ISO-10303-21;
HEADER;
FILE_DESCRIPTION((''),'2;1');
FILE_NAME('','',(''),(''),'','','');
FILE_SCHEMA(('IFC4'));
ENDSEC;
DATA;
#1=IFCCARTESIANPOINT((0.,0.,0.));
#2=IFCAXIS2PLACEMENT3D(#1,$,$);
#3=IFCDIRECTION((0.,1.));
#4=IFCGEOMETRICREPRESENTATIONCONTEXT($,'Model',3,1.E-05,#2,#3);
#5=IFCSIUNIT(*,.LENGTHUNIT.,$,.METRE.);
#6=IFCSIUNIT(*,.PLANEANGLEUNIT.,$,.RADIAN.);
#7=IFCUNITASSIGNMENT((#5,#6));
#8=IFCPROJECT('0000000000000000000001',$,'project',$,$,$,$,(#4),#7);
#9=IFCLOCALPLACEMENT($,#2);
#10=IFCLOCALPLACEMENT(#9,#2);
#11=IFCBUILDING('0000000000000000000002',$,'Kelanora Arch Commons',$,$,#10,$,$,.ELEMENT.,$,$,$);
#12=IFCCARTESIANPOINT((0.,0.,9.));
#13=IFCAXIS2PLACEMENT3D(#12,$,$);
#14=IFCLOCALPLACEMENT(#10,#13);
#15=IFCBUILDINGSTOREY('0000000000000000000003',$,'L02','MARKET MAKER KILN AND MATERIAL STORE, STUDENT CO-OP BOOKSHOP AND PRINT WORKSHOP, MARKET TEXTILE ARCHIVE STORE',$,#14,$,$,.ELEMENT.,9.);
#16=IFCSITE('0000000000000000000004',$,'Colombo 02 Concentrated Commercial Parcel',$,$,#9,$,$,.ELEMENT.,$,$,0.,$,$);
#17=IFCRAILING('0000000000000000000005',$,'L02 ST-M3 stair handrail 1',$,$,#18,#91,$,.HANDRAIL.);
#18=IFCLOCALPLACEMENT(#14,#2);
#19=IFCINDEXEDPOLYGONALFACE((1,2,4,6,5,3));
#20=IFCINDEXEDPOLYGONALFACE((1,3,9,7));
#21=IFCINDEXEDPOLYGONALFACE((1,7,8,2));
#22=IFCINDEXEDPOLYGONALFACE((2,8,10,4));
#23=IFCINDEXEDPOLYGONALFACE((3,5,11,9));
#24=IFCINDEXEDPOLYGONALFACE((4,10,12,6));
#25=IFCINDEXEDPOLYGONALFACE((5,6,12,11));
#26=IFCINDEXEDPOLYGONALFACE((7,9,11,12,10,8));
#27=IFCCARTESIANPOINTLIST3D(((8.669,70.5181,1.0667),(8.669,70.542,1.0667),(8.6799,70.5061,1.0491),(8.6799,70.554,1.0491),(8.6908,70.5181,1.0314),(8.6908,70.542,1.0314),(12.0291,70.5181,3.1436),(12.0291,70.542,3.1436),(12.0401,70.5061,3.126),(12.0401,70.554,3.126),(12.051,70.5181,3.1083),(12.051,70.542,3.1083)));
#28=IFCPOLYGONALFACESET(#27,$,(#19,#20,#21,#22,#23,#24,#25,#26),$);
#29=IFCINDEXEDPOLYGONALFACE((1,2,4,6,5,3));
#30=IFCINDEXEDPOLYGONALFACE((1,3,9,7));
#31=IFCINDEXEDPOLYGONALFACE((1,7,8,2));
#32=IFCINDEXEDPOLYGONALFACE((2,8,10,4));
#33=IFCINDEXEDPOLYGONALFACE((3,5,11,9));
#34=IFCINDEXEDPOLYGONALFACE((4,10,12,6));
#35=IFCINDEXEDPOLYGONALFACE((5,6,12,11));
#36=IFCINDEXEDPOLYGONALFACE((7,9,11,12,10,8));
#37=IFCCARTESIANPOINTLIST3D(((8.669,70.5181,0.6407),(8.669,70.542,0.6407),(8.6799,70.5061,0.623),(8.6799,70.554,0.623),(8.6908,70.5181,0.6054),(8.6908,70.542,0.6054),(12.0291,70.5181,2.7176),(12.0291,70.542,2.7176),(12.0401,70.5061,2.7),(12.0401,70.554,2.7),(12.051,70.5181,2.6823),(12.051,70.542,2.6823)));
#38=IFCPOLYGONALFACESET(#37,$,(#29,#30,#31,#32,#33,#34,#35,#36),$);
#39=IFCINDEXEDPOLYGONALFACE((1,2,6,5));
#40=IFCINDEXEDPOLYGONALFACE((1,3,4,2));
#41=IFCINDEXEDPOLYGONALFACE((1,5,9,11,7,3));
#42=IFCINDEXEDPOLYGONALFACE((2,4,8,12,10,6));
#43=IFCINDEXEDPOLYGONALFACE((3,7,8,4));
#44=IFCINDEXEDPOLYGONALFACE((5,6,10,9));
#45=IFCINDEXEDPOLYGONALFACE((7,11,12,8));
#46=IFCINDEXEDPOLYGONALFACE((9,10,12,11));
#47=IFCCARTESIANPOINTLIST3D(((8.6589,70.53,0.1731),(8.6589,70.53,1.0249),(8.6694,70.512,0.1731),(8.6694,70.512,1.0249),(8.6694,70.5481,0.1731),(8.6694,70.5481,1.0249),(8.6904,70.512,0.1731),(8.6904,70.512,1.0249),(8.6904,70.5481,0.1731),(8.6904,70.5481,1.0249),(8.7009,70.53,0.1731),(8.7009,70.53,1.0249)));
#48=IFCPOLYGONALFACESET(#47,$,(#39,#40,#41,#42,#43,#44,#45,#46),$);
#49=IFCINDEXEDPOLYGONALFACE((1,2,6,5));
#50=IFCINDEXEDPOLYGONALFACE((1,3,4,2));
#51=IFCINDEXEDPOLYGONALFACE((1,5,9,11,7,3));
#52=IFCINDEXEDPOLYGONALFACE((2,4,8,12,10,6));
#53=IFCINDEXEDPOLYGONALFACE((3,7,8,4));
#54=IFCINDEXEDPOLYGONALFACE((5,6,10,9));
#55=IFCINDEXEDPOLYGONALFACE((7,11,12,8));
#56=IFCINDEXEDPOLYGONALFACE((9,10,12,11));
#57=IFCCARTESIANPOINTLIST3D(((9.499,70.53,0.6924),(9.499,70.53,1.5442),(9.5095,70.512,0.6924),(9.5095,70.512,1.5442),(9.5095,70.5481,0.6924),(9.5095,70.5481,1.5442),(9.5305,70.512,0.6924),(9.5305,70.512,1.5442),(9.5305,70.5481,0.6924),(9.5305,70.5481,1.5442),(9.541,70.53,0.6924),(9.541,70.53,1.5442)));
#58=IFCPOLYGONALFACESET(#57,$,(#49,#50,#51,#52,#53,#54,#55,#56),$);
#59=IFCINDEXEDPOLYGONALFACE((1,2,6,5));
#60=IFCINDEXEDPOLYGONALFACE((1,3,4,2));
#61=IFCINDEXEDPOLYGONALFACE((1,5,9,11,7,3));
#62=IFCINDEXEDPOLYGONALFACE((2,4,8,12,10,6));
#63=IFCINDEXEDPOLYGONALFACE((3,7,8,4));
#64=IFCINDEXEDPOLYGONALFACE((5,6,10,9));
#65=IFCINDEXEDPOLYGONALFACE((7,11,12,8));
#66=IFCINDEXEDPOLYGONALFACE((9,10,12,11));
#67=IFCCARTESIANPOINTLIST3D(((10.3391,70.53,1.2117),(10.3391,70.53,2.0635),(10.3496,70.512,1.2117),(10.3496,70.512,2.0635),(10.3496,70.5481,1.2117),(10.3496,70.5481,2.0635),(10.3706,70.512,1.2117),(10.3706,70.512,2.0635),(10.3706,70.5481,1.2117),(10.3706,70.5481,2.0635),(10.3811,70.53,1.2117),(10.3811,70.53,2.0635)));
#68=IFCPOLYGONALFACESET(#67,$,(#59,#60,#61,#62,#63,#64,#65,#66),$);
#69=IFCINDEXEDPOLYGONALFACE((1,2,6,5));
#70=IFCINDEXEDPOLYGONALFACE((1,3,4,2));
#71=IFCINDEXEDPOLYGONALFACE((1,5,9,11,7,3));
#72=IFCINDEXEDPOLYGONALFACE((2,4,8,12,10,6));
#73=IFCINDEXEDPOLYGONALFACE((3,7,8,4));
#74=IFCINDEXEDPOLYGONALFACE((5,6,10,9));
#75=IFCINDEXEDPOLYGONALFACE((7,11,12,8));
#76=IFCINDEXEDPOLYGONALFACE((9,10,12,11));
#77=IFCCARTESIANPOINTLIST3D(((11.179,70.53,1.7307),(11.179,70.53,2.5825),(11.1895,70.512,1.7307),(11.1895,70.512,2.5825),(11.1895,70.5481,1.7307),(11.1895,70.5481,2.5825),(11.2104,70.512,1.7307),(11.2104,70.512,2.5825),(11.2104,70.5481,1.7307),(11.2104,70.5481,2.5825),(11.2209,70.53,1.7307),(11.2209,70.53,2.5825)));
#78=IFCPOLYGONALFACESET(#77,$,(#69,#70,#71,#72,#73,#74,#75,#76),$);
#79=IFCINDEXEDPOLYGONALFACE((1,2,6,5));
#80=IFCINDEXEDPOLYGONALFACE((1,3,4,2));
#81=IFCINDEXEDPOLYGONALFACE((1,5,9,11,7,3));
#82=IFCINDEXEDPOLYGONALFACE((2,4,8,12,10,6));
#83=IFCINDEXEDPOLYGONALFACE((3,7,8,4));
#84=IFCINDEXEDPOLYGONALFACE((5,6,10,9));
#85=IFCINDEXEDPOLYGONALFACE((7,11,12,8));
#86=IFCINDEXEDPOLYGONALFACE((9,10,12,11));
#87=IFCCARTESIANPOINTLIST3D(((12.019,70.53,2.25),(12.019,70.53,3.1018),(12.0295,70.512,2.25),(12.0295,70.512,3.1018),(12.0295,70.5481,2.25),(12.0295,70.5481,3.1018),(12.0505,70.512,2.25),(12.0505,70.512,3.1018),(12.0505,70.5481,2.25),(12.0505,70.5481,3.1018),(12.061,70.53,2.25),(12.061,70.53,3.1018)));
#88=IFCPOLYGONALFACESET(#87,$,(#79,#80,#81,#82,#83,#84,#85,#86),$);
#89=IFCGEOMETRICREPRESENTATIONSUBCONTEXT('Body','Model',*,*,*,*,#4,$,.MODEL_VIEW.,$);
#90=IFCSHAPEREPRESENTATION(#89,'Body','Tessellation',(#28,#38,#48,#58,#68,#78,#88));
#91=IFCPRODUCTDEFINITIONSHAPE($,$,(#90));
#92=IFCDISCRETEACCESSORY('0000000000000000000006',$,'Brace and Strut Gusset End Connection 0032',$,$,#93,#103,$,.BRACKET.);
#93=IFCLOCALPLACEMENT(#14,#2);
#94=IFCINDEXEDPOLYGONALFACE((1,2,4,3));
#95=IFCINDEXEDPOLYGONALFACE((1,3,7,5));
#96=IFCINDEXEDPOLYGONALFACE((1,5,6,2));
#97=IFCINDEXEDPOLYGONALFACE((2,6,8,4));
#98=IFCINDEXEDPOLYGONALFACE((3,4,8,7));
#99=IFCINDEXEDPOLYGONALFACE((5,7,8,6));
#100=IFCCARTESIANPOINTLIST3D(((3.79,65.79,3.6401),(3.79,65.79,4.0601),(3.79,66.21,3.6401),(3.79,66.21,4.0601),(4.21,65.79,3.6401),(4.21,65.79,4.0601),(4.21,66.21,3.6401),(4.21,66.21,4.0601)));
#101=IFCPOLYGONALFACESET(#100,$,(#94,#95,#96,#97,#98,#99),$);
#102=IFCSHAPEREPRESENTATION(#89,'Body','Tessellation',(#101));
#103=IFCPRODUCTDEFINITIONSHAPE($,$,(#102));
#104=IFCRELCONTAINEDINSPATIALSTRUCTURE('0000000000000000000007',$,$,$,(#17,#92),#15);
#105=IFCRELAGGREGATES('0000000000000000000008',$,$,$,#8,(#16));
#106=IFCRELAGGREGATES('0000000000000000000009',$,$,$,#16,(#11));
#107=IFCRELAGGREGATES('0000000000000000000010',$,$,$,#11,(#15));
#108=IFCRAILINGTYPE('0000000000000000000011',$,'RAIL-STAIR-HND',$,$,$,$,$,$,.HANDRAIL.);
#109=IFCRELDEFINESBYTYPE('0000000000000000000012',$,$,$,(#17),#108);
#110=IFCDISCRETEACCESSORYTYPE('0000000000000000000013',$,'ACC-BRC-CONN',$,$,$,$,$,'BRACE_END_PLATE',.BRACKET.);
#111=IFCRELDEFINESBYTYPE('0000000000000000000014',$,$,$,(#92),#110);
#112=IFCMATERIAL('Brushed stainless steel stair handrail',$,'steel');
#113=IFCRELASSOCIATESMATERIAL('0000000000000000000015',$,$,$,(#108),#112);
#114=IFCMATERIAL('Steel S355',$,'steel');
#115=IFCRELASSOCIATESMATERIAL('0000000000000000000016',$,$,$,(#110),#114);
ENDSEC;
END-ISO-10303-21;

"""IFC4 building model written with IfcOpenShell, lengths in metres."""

from ifc_helpers import new_model, si_unit, direction, frame, origin, origin_2d, place, context, subcontext, project, spatial, polyline, rectangle, outline, extrude, source, transform, mapped, material, type_object, element, save


model = new_model("IFC4")

# Units and contexts
model_context = context("Model", 3, precision=1e-05, world=origin(), true_north=direction((0.0, 1.0)))
body_context = subcontext(model_context, "Body", "Model", "MODEL_VIEW")
ifc_project = project(units=[si_unit("LENGTHUNIT", "METRE"), si_unit("PLANEANGLEUNIT", "RADIAN")], contexts=[model_context])

# Site, building, storey
site_placement = place(None, origin())
site = spatial("IfcSite", under=ifc_project, at=site_placement, Name="Colombo 02 Concentrated Commercial Parcel", CompositionType="ELEMENT", RefElevation=0.0)
building_placement = place(site_placement, origin())
building = spatial("IfcBuilding", under=site, at=building_placement, Name="Kelanora Arch Commons", CompositionType="ELEMENT")
storey_placement = place(building_placement, frame((0.0, 0.0, 9.0)))
storey = spatial("IfcBuildingStorey", under=building, at=storey_placement, Name="L02", Description="MARKET MAKER KILN AND MATERIAL STORE, STUDENT CO-OP BOOKSHOP AND PRINT WORKSHOP, MARKET TEXTILE ARCHIVE STORE", CompositionType="ELEMENT", Elevation=9.0)

# Railing
ifc_material_1 = material(Name="Brushed stainless steel stair handrail", Category="steel")
railing_type_1 = type_object("IfcRailingType", Name="RAIL-STAIR-HND", PredefinedType="HANDRAIL", material=ifc_material_1)
railing_1_placement = place(storey_placement, frame((8.6799, 70.53, 0.1731)))
element("IfcRailing", 1, at=railing_1_placement, inside=storey, type_object=railing_type_1, Name="L02 ST-M3 stair handrail 1", PredefinedType="HANDRAIL", context=body_context, shape_type="SweptSolid", body=[
    extrude(outline(polyline([(0.0239, 0.0), (0.012, 0.0208), (-0.012, 0.0208), (-0.0239, 0.0), (-0.012, -0.0208), (0.012, -0.0208), (0.0239, 0.0)])), frame((0.0, 0.0, 0.876), z_axis=(0.850623, 0.0, 0.525776), x_axis=(0.0, 1.0, 0.0)), (0.0, 0.0, 1.0), 3.9502),
    extrude(outline(polyline([(0.0239, 0.0), (0.012, 0.0208), (-0.012, 0.0208), (-0.0239, 0.0), (-0.012, -0.0208), (0.012, -0.0208), (0.0239, 0.0)])), frame((0.0, 0.0, 0.45), z_axis=(0.850623, 0.0, 0.525776), x_axis=(0.0, 1.0, 0.0)), (0.0, 0.0, 1.0), 3.9502),
    extrude(outline(polyline([(0.021, 0.0), (0.0105, 0.0181), (-0.0105, 0.0181), (-0.021, 0.0), (-0.0105, -0.0181), (0.0105, -0.0181), (0.021, 0.0)])), origin(), (0.0, 0.0, 1.0), 0.8518),
    extrude(outline(polyline([(0.021, 0.0), (0.0105, 0.0181), (-0.0105, 0.0181), (-0.021, 0.0), (-0.0105, -0.0181), (0.0105, -0.0181), (0.021, 0.0)])), frame((0.8401, 0.0, 0.5193)), (0.0, 0.0, 1.0), 0.8518),
    extrude(outline(polyline([(0.021, 0.0), (0.0105, 0.0181), (-0.0105, 0.0181), (-0.021, 0.0), (-0.0105, -0.0181), (0.0105, -0.0181), (0.021, 0.0)])), frame((1.6802, 0.0, 1.0386)), (0.0, 0.0, 1.0), 0.8518),
    extrude(outline(polyline([(0.021, 0.0), (0.0105, 0.0181), (-0.0105, 0.0181), (-0.021, 0.0), (-0.0105, -0.0181), (0.0105, -0.0181), (0.021, 0.0)])), frame((2.52, 0.0, 1.5576)), (0.0, 0.0, 1.0), 0.8518),
    extrude(outline(polyline([(0.021, 0.0), (0.0105, 0.0181), (-0.0105, 0.0181), (-0.021, 0.0), (-0.0105, -0.0181), (0.0105, -0.0181), (0.021, 0.0)])), frame((3.3601, 0.0, 2.0769)), (0.0, 0.0, 1.0), 0.8518),
])

# Discrete accessory
ifc_material_2 = material(Name="Steel S355", Category="steel")
discrete_accessory_type = type_object("IfcDiscreteAccessoryType", Name="ACC-BRC-CONN", ElementType="BRACE_END_PLATE", PredefinedType="BRACKET", material=ifc_material_2)
shared_shape = source(origin(), body_context, "Body", "SweptSolid", [
    extrude(rectangle(XDim=0.4199, YDim=0.4199, at=origin_2d()), origin(), (0.0, 0.0, 1.0), 0.4199),
])
discrete_accessory_placement = place(storey_placement, frame((4.0, 66.0, 3.6401), z_axis=(0.0, 0.0, 1.0), x_axis=(0.0, 1.0, 0.0)))
element("IfcDiscreteAccessory", 2, at=discrete_accessory_placement, inside=storey, type_object=discrete_accessory_type, Name="Brace and Strut Gusset End Connection 0032", PredefinedType="BRACKET", context=body_context, shape_type="MappedRepresentation", body=[
    mapped(shared_shape, transform((0.0, 0.0, 0.0), scale=1.0)),
])

save(model, "model.ifc")
